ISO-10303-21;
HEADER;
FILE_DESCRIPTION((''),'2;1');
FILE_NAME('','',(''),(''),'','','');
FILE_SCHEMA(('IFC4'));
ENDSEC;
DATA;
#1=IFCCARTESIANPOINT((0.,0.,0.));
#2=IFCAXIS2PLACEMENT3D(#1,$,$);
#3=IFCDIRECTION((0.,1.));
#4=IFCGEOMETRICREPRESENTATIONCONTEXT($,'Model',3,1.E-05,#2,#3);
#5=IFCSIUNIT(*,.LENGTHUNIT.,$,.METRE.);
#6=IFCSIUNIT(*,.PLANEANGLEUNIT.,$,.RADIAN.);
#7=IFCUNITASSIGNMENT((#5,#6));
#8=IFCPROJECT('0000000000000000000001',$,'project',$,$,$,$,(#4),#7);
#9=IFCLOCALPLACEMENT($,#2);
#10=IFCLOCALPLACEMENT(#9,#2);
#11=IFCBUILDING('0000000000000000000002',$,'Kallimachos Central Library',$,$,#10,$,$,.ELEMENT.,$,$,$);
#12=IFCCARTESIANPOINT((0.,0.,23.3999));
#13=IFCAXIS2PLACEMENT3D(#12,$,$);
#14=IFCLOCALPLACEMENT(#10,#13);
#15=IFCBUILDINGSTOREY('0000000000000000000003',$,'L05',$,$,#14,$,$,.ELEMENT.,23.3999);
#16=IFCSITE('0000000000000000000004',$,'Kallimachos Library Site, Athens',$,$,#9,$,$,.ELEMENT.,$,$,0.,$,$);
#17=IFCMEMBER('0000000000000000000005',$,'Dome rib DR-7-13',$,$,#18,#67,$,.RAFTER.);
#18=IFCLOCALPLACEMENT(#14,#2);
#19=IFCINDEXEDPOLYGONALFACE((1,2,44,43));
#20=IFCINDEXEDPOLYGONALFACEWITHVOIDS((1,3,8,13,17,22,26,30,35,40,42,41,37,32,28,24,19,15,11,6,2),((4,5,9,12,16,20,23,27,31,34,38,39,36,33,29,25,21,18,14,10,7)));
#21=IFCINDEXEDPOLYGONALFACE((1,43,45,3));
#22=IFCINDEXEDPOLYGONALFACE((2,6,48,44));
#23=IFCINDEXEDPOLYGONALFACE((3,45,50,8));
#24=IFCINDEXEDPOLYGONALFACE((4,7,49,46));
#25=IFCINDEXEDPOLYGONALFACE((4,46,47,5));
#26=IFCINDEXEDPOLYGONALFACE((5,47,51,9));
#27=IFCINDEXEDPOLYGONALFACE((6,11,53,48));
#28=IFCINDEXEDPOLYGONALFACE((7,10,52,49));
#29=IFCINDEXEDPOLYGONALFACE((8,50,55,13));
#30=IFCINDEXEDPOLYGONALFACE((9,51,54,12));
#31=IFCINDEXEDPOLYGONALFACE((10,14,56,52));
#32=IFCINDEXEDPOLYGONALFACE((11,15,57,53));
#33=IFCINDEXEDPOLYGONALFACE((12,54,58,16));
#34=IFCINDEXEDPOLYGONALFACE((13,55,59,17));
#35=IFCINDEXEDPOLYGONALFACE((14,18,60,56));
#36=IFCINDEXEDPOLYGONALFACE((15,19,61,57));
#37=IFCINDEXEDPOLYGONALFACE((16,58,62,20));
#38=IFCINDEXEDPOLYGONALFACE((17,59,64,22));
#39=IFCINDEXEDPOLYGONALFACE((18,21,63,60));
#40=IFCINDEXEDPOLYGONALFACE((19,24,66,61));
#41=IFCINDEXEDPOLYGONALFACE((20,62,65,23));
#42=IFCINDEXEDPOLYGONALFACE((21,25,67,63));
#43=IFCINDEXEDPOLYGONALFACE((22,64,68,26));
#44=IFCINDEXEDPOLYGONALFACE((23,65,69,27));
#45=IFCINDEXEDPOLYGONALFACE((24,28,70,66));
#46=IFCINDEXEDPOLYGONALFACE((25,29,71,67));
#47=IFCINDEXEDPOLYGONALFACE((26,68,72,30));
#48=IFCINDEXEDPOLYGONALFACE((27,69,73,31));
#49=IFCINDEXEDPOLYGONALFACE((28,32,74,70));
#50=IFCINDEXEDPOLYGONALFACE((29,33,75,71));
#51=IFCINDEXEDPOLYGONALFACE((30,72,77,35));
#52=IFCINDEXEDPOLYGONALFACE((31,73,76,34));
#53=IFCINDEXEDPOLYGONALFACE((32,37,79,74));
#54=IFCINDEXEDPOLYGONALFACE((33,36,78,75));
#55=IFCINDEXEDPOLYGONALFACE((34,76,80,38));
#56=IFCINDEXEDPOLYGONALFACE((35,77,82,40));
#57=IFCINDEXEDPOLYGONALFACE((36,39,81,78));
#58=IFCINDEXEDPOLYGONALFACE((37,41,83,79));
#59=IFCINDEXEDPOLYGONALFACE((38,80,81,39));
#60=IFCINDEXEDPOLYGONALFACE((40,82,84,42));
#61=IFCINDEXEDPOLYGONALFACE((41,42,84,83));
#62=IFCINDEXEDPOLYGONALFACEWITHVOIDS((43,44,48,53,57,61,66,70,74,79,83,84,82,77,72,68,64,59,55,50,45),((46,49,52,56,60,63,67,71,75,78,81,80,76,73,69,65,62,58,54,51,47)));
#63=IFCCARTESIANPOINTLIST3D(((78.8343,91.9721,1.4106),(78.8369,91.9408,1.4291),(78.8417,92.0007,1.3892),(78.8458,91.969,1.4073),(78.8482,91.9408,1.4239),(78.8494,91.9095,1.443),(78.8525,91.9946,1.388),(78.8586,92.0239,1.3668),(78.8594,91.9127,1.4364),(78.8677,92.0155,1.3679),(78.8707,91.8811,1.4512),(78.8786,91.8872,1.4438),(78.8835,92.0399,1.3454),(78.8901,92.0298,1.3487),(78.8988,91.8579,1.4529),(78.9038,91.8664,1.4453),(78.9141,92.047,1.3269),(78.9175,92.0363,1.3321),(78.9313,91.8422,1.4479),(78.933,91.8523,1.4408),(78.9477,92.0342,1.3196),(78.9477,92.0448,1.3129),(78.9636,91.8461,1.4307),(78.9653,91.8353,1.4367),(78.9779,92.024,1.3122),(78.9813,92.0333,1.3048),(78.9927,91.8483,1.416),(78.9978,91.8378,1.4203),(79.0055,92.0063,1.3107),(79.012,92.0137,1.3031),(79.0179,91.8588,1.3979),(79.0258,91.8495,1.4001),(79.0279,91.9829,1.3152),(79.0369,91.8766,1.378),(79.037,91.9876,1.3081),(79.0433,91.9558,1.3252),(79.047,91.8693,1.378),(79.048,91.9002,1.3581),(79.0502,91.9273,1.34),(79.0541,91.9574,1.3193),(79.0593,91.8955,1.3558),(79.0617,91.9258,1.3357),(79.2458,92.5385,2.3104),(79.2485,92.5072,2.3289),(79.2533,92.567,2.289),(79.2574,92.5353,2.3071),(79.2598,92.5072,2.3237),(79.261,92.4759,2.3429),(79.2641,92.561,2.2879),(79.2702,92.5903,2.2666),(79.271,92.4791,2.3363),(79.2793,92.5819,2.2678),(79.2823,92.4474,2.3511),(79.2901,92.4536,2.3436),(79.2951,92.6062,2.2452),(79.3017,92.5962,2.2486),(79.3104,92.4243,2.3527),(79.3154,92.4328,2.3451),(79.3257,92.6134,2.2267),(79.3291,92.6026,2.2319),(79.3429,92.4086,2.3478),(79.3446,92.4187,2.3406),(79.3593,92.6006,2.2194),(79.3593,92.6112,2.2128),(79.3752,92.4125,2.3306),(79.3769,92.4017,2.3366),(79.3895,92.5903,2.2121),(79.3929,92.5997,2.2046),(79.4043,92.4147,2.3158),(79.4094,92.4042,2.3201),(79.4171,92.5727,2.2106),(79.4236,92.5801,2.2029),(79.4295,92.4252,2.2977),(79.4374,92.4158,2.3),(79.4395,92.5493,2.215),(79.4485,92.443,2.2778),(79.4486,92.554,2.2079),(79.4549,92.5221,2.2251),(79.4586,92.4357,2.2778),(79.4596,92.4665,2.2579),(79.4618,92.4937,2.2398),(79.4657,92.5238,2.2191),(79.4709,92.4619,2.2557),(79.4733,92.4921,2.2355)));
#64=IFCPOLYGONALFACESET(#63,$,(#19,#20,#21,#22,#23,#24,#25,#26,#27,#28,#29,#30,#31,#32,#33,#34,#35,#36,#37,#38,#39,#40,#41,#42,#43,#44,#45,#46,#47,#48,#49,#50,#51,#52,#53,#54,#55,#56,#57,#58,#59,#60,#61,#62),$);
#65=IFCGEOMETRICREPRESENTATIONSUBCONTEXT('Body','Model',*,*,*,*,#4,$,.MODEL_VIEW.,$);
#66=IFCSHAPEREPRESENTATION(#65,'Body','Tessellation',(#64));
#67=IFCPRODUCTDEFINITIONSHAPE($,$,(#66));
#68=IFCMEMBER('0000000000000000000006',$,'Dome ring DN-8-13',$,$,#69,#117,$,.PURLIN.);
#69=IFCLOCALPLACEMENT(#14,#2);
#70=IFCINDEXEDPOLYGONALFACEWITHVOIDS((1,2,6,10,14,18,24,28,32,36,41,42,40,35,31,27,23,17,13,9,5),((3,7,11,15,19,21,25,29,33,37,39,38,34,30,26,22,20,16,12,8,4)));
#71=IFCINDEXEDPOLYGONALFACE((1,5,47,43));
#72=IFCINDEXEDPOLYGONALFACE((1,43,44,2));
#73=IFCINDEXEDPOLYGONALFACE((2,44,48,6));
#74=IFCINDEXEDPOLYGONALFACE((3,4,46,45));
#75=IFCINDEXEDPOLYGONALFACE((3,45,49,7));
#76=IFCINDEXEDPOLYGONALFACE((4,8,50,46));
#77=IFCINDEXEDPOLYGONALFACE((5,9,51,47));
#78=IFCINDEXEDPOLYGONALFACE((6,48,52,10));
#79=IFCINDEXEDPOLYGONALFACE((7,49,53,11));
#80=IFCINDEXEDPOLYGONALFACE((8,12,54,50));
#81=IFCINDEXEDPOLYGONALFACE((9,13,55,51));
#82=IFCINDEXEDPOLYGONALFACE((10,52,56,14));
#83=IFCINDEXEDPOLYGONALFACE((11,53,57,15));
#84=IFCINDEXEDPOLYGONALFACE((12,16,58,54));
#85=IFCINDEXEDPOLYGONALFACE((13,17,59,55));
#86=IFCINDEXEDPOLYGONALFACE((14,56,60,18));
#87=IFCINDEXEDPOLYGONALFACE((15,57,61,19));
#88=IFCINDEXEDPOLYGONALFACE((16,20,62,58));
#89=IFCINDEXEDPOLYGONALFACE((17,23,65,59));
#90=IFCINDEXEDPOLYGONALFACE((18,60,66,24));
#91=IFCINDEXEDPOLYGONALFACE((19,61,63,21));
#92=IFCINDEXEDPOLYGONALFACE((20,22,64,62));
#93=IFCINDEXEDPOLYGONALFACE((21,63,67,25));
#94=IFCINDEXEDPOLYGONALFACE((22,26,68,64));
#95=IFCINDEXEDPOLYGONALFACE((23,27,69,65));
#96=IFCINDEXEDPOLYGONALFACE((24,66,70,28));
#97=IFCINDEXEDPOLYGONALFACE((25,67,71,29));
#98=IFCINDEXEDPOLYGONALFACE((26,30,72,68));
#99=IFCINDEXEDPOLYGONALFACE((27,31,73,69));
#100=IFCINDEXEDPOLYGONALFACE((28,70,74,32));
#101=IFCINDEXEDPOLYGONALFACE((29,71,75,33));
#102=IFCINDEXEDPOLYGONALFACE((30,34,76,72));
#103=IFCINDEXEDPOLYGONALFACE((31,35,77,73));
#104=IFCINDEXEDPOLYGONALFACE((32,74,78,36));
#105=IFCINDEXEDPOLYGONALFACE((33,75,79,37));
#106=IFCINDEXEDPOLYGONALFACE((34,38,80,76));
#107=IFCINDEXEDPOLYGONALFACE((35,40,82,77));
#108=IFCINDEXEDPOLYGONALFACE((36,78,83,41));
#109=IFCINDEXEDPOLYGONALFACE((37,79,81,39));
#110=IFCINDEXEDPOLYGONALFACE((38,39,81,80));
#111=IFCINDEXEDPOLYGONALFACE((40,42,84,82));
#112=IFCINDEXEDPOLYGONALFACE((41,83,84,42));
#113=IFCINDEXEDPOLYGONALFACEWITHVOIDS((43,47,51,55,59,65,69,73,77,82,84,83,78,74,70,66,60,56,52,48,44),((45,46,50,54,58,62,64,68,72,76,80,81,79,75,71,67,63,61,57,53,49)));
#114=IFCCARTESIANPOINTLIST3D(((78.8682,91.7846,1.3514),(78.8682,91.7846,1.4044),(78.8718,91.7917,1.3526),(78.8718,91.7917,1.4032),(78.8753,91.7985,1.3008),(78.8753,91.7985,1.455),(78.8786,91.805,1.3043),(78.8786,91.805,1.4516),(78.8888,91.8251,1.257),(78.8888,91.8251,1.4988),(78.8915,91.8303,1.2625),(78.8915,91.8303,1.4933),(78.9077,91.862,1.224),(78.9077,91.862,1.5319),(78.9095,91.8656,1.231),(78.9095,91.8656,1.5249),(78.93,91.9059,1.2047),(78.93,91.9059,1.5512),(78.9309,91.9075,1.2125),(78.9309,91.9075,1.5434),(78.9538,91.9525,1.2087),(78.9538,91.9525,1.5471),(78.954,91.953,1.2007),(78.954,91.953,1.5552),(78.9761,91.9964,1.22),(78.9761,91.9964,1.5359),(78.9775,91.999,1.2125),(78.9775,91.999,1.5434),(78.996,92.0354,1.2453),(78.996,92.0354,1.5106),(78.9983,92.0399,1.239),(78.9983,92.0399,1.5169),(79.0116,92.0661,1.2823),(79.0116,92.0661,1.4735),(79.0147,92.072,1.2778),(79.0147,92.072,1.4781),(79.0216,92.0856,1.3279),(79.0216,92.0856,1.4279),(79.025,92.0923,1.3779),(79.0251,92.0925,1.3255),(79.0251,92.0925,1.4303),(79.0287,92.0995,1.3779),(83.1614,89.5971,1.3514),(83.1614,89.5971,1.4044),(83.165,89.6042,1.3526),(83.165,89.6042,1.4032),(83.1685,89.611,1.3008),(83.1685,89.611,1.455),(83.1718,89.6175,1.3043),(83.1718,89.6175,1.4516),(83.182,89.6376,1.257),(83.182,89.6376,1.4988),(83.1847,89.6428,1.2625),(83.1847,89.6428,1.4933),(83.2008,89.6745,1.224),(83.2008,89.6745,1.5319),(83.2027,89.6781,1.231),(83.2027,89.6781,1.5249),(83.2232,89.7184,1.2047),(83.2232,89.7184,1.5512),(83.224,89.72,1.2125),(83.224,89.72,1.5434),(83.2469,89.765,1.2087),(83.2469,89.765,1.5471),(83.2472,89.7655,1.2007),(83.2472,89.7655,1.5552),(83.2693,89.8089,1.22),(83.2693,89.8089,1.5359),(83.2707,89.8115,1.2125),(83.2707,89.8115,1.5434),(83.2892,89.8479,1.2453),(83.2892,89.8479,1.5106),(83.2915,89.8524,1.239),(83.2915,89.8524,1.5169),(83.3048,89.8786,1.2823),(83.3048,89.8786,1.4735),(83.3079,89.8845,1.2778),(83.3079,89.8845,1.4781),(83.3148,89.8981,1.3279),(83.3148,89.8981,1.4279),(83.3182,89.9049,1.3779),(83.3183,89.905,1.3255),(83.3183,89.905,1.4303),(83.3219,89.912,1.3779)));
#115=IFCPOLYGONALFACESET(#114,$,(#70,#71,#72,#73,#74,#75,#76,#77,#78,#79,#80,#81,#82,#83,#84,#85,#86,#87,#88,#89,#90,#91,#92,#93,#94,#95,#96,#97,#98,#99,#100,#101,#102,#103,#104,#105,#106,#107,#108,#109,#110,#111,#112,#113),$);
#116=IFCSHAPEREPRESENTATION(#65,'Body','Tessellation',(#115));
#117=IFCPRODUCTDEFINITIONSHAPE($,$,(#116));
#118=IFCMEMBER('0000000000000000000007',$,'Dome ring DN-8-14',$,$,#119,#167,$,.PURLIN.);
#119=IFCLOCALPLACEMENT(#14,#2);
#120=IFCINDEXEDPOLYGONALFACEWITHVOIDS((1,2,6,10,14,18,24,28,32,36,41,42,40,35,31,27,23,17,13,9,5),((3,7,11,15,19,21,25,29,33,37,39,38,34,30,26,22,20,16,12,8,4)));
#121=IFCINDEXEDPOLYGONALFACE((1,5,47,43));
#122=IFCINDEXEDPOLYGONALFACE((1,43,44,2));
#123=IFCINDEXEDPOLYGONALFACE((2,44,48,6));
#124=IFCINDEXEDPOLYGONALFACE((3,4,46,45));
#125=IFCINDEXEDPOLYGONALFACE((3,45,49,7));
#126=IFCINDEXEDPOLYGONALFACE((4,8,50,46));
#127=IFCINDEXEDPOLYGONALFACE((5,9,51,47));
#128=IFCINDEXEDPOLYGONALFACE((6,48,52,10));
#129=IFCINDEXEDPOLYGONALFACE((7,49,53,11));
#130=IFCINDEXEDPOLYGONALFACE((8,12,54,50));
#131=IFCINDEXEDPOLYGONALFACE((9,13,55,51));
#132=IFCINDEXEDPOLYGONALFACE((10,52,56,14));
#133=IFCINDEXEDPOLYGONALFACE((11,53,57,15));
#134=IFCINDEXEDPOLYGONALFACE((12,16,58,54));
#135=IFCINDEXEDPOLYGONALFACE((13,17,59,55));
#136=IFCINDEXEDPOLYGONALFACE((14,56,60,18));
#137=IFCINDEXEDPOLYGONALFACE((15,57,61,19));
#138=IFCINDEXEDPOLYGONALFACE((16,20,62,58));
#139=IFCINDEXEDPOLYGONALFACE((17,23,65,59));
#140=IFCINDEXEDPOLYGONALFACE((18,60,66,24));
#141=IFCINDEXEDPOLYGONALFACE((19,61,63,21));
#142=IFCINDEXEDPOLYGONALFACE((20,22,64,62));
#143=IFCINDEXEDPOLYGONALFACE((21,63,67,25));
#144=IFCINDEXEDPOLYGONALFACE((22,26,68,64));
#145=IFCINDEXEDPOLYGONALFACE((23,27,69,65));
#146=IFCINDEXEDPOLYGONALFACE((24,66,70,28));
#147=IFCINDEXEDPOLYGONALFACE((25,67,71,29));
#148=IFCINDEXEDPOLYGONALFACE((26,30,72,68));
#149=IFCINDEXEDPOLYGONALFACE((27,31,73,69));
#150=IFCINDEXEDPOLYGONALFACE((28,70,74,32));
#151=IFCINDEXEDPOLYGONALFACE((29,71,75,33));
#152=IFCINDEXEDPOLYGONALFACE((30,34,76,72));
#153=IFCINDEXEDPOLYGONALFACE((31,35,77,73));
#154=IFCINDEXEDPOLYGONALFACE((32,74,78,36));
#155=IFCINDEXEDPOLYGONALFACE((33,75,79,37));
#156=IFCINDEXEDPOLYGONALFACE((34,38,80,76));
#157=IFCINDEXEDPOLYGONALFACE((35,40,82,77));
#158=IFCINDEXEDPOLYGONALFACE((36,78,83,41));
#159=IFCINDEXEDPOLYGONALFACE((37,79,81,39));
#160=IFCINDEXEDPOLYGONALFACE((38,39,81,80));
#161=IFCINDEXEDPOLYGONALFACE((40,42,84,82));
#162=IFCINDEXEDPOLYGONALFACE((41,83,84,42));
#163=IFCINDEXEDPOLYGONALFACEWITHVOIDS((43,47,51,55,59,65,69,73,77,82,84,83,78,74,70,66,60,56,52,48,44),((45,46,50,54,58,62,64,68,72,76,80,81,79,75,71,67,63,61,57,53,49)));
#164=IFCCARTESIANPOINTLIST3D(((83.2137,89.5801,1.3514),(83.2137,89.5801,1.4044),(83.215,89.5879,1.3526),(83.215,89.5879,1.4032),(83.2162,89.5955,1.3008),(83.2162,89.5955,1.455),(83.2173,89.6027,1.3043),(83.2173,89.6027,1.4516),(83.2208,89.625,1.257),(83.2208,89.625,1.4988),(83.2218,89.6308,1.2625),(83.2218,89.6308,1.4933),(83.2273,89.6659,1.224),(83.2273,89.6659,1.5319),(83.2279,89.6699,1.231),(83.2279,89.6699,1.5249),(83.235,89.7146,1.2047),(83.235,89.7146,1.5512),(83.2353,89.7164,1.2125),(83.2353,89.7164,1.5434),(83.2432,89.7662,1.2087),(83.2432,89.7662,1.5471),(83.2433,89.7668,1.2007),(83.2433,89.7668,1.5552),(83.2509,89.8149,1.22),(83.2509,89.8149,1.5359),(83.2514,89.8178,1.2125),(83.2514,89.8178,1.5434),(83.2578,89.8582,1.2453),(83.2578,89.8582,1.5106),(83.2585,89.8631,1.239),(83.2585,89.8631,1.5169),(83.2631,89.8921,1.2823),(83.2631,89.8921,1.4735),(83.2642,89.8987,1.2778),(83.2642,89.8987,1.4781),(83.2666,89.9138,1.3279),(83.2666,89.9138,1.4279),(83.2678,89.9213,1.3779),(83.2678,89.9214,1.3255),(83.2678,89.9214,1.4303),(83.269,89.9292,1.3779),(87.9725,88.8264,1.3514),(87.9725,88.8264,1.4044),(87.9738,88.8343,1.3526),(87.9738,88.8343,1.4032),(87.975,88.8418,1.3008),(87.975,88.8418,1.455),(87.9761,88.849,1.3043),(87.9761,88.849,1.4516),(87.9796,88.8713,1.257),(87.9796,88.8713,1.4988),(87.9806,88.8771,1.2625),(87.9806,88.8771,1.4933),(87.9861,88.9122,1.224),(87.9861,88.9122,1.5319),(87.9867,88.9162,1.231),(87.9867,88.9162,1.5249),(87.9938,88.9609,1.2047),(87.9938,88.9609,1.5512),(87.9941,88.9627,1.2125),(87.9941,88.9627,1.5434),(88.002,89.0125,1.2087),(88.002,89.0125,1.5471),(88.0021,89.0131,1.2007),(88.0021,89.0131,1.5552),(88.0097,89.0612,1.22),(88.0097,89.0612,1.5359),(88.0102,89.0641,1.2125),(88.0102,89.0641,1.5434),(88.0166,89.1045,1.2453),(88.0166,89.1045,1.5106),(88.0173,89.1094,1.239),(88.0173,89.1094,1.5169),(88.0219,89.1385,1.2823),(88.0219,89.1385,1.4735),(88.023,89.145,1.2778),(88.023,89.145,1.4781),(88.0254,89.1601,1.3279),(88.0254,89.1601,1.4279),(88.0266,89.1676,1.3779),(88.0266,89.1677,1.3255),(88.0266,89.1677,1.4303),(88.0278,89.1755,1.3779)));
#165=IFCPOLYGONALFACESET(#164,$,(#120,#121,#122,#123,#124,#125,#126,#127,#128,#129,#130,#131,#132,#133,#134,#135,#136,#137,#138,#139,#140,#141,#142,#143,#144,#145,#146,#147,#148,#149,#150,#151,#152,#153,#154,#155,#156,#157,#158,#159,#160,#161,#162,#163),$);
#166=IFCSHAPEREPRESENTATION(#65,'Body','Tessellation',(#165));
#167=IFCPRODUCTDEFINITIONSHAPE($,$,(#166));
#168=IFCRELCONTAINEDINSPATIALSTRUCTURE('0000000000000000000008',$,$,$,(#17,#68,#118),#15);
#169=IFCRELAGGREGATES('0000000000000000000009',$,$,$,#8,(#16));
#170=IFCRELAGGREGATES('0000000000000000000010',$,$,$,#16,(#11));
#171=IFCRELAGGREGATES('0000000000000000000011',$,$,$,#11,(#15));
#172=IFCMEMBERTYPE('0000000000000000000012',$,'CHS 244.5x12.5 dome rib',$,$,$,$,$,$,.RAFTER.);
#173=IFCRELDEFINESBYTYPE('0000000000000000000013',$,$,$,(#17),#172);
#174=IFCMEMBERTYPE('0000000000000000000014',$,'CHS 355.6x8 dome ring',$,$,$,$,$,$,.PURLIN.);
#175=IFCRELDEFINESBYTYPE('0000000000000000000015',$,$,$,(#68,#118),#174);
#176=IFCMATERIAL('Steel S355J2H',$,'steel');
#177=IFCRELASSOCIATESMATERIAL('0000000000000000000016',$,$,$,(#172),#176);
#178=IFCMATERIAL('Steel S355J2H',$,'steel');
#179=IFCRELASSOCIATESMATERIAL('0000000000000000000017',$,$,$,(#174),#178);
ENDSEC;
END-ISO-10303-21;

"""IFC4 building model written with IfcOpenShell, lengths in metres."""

from ifc_helpers import new_model, si_unit, direction, frame, origin, origin_2d, place, context, subcontext, project, spatial, hollow_circle, extrude, material, material_profile, profile_set, type_object, element, save


model = new_model("IFC4")

# Units and contexts
model_context = context("Model", 3, precision=1e-05, world=origin(), true_north=direction((0.0, 1.0)))
body_context = subcontext(model_context, "Body", "Model", "MODEL_VIEW")
ifc_project = project(units=[si_unit("LENGTHUNIT", "METRE"), si_unit("PLANEANGLEUNIT", "RADIAN")], contexts=[model_context])

# Site, building, storey
site_placement = place(None, origin())
site = spatial("IfcSite", under=ifc_project, at=site_placement, Name="Kallimachos Library Site, Athens", CompositionType="ELEMENT", RefElevation=0.0)
building_placement = place(site_placement, origin())
building = spatial("IfcBuilding", under=site, at=building_placement, Name="Kallimachos Central Library", CompositionType="ELEMENT")
storey_placement = place(building_placement, frame((0.0, 0.0, 23.3999)))
storey = spatial("IfcBuildingStorey", under=building, at=storey_placement, Name="L05", CompositionType="ELEMENT", Elevation=23.3999)

# Members
ifc_material_1 = material(Name="Steel S355J2H", Category="steel")
ifc_material_profile_1 = material_profile(ifc_material_1, hollow_circle(Radius=0.1223, WallThickness=0.0125, at=origin_2d()), Name="CHS 244.5x12.5")
ifc_profile_set_1 = profile_set([ifc_material_profile_1], Name="Steel S355J2H")
member_type_1 = type_object("IfcMemberType", Name="CHS 244.5x12.5 dome rib", PredefinedType="RAFTER", material=ifc_profile_set_1)
member_1_placement = place(storey_placement, frame((79.3596, 92.5076, 2.2778), z_axis=(-0.361006, -0.496757, -0.789245), x_axis=(0.808947, -0.587881, 0.0)))
element("IfcMember", 1, at=member_1_placement, inside=storey, type_object=member_type_1, Name="Dome rib DR-7-13", PredefinedType="RAFTER", context=body_context, shape_type="SweptSolid", body=[
    extrude(hollow_circle(Radius=0.1223, WallThickness=0.0125, at=origin_2d()), origin(), (0.0, 0.0, 1.0), 1.1401),
])
ifc_material_2 = material(Name="Steel S355J2H", Category="steel")
ifc_material_profile_2 = material_profile(ifc_material_2, hollow_circle(Radius=0.1777, WallThickness=0.0081, at=origin_2d()), Name="CHS 355.6x8")
ifc_profile_set_2 = profile_set([ifc_material_profile_2], Name="Steel S355J2H")
member_type_2 = type_object("IfcMemberType", Name="CHS 355.6x8 dome ring", PredefinedType="PURLIN", material=ifc_profile_set_2)
member_2_placement = place(storey_placement, frame((78.948, 91.9412, 1.3779), z_axis=(0.891007, -0.45399, 0.0), x_axis=(0.45399, 0.891007, 0.0)))
element("IfcMember", 2, at=member_2_placement, inside=storey, type_object=member_type_2, Name="Dome ring DN-8-13", PredefinedType="PURLIN", context=body_context, shape_type="SweptSolid", body=[
    extrude(hollow_circle(Radius=0.1777, WallThickness=0.0081, at=origin_2d()), origin(), (0.0, 0.0, 1.0), 4.8184),
])
member_3_placement = place(storey_placement, frame((83.2412, 89.7537, 1.3779), z_axis=(0.98769, -0.156423, 0.0), x_axis=(0.156423, 0.98769, 0.0)))
element("IfcMember", 3, at=member_3_placement, inside=storey, type_object=member_type_2, Name="Dome ring DN-8-14", PredefinedType="PURLIN", context=body_context, shape_type="SweptSolid", body=[
    extrude(hollow_circle(Radius=0.1777, WallThickness=0.0081, at=origin_2d()), origin(), (0.0, 0.0, 1.0), 4.8181),
])

save(model, "model.ifc")
